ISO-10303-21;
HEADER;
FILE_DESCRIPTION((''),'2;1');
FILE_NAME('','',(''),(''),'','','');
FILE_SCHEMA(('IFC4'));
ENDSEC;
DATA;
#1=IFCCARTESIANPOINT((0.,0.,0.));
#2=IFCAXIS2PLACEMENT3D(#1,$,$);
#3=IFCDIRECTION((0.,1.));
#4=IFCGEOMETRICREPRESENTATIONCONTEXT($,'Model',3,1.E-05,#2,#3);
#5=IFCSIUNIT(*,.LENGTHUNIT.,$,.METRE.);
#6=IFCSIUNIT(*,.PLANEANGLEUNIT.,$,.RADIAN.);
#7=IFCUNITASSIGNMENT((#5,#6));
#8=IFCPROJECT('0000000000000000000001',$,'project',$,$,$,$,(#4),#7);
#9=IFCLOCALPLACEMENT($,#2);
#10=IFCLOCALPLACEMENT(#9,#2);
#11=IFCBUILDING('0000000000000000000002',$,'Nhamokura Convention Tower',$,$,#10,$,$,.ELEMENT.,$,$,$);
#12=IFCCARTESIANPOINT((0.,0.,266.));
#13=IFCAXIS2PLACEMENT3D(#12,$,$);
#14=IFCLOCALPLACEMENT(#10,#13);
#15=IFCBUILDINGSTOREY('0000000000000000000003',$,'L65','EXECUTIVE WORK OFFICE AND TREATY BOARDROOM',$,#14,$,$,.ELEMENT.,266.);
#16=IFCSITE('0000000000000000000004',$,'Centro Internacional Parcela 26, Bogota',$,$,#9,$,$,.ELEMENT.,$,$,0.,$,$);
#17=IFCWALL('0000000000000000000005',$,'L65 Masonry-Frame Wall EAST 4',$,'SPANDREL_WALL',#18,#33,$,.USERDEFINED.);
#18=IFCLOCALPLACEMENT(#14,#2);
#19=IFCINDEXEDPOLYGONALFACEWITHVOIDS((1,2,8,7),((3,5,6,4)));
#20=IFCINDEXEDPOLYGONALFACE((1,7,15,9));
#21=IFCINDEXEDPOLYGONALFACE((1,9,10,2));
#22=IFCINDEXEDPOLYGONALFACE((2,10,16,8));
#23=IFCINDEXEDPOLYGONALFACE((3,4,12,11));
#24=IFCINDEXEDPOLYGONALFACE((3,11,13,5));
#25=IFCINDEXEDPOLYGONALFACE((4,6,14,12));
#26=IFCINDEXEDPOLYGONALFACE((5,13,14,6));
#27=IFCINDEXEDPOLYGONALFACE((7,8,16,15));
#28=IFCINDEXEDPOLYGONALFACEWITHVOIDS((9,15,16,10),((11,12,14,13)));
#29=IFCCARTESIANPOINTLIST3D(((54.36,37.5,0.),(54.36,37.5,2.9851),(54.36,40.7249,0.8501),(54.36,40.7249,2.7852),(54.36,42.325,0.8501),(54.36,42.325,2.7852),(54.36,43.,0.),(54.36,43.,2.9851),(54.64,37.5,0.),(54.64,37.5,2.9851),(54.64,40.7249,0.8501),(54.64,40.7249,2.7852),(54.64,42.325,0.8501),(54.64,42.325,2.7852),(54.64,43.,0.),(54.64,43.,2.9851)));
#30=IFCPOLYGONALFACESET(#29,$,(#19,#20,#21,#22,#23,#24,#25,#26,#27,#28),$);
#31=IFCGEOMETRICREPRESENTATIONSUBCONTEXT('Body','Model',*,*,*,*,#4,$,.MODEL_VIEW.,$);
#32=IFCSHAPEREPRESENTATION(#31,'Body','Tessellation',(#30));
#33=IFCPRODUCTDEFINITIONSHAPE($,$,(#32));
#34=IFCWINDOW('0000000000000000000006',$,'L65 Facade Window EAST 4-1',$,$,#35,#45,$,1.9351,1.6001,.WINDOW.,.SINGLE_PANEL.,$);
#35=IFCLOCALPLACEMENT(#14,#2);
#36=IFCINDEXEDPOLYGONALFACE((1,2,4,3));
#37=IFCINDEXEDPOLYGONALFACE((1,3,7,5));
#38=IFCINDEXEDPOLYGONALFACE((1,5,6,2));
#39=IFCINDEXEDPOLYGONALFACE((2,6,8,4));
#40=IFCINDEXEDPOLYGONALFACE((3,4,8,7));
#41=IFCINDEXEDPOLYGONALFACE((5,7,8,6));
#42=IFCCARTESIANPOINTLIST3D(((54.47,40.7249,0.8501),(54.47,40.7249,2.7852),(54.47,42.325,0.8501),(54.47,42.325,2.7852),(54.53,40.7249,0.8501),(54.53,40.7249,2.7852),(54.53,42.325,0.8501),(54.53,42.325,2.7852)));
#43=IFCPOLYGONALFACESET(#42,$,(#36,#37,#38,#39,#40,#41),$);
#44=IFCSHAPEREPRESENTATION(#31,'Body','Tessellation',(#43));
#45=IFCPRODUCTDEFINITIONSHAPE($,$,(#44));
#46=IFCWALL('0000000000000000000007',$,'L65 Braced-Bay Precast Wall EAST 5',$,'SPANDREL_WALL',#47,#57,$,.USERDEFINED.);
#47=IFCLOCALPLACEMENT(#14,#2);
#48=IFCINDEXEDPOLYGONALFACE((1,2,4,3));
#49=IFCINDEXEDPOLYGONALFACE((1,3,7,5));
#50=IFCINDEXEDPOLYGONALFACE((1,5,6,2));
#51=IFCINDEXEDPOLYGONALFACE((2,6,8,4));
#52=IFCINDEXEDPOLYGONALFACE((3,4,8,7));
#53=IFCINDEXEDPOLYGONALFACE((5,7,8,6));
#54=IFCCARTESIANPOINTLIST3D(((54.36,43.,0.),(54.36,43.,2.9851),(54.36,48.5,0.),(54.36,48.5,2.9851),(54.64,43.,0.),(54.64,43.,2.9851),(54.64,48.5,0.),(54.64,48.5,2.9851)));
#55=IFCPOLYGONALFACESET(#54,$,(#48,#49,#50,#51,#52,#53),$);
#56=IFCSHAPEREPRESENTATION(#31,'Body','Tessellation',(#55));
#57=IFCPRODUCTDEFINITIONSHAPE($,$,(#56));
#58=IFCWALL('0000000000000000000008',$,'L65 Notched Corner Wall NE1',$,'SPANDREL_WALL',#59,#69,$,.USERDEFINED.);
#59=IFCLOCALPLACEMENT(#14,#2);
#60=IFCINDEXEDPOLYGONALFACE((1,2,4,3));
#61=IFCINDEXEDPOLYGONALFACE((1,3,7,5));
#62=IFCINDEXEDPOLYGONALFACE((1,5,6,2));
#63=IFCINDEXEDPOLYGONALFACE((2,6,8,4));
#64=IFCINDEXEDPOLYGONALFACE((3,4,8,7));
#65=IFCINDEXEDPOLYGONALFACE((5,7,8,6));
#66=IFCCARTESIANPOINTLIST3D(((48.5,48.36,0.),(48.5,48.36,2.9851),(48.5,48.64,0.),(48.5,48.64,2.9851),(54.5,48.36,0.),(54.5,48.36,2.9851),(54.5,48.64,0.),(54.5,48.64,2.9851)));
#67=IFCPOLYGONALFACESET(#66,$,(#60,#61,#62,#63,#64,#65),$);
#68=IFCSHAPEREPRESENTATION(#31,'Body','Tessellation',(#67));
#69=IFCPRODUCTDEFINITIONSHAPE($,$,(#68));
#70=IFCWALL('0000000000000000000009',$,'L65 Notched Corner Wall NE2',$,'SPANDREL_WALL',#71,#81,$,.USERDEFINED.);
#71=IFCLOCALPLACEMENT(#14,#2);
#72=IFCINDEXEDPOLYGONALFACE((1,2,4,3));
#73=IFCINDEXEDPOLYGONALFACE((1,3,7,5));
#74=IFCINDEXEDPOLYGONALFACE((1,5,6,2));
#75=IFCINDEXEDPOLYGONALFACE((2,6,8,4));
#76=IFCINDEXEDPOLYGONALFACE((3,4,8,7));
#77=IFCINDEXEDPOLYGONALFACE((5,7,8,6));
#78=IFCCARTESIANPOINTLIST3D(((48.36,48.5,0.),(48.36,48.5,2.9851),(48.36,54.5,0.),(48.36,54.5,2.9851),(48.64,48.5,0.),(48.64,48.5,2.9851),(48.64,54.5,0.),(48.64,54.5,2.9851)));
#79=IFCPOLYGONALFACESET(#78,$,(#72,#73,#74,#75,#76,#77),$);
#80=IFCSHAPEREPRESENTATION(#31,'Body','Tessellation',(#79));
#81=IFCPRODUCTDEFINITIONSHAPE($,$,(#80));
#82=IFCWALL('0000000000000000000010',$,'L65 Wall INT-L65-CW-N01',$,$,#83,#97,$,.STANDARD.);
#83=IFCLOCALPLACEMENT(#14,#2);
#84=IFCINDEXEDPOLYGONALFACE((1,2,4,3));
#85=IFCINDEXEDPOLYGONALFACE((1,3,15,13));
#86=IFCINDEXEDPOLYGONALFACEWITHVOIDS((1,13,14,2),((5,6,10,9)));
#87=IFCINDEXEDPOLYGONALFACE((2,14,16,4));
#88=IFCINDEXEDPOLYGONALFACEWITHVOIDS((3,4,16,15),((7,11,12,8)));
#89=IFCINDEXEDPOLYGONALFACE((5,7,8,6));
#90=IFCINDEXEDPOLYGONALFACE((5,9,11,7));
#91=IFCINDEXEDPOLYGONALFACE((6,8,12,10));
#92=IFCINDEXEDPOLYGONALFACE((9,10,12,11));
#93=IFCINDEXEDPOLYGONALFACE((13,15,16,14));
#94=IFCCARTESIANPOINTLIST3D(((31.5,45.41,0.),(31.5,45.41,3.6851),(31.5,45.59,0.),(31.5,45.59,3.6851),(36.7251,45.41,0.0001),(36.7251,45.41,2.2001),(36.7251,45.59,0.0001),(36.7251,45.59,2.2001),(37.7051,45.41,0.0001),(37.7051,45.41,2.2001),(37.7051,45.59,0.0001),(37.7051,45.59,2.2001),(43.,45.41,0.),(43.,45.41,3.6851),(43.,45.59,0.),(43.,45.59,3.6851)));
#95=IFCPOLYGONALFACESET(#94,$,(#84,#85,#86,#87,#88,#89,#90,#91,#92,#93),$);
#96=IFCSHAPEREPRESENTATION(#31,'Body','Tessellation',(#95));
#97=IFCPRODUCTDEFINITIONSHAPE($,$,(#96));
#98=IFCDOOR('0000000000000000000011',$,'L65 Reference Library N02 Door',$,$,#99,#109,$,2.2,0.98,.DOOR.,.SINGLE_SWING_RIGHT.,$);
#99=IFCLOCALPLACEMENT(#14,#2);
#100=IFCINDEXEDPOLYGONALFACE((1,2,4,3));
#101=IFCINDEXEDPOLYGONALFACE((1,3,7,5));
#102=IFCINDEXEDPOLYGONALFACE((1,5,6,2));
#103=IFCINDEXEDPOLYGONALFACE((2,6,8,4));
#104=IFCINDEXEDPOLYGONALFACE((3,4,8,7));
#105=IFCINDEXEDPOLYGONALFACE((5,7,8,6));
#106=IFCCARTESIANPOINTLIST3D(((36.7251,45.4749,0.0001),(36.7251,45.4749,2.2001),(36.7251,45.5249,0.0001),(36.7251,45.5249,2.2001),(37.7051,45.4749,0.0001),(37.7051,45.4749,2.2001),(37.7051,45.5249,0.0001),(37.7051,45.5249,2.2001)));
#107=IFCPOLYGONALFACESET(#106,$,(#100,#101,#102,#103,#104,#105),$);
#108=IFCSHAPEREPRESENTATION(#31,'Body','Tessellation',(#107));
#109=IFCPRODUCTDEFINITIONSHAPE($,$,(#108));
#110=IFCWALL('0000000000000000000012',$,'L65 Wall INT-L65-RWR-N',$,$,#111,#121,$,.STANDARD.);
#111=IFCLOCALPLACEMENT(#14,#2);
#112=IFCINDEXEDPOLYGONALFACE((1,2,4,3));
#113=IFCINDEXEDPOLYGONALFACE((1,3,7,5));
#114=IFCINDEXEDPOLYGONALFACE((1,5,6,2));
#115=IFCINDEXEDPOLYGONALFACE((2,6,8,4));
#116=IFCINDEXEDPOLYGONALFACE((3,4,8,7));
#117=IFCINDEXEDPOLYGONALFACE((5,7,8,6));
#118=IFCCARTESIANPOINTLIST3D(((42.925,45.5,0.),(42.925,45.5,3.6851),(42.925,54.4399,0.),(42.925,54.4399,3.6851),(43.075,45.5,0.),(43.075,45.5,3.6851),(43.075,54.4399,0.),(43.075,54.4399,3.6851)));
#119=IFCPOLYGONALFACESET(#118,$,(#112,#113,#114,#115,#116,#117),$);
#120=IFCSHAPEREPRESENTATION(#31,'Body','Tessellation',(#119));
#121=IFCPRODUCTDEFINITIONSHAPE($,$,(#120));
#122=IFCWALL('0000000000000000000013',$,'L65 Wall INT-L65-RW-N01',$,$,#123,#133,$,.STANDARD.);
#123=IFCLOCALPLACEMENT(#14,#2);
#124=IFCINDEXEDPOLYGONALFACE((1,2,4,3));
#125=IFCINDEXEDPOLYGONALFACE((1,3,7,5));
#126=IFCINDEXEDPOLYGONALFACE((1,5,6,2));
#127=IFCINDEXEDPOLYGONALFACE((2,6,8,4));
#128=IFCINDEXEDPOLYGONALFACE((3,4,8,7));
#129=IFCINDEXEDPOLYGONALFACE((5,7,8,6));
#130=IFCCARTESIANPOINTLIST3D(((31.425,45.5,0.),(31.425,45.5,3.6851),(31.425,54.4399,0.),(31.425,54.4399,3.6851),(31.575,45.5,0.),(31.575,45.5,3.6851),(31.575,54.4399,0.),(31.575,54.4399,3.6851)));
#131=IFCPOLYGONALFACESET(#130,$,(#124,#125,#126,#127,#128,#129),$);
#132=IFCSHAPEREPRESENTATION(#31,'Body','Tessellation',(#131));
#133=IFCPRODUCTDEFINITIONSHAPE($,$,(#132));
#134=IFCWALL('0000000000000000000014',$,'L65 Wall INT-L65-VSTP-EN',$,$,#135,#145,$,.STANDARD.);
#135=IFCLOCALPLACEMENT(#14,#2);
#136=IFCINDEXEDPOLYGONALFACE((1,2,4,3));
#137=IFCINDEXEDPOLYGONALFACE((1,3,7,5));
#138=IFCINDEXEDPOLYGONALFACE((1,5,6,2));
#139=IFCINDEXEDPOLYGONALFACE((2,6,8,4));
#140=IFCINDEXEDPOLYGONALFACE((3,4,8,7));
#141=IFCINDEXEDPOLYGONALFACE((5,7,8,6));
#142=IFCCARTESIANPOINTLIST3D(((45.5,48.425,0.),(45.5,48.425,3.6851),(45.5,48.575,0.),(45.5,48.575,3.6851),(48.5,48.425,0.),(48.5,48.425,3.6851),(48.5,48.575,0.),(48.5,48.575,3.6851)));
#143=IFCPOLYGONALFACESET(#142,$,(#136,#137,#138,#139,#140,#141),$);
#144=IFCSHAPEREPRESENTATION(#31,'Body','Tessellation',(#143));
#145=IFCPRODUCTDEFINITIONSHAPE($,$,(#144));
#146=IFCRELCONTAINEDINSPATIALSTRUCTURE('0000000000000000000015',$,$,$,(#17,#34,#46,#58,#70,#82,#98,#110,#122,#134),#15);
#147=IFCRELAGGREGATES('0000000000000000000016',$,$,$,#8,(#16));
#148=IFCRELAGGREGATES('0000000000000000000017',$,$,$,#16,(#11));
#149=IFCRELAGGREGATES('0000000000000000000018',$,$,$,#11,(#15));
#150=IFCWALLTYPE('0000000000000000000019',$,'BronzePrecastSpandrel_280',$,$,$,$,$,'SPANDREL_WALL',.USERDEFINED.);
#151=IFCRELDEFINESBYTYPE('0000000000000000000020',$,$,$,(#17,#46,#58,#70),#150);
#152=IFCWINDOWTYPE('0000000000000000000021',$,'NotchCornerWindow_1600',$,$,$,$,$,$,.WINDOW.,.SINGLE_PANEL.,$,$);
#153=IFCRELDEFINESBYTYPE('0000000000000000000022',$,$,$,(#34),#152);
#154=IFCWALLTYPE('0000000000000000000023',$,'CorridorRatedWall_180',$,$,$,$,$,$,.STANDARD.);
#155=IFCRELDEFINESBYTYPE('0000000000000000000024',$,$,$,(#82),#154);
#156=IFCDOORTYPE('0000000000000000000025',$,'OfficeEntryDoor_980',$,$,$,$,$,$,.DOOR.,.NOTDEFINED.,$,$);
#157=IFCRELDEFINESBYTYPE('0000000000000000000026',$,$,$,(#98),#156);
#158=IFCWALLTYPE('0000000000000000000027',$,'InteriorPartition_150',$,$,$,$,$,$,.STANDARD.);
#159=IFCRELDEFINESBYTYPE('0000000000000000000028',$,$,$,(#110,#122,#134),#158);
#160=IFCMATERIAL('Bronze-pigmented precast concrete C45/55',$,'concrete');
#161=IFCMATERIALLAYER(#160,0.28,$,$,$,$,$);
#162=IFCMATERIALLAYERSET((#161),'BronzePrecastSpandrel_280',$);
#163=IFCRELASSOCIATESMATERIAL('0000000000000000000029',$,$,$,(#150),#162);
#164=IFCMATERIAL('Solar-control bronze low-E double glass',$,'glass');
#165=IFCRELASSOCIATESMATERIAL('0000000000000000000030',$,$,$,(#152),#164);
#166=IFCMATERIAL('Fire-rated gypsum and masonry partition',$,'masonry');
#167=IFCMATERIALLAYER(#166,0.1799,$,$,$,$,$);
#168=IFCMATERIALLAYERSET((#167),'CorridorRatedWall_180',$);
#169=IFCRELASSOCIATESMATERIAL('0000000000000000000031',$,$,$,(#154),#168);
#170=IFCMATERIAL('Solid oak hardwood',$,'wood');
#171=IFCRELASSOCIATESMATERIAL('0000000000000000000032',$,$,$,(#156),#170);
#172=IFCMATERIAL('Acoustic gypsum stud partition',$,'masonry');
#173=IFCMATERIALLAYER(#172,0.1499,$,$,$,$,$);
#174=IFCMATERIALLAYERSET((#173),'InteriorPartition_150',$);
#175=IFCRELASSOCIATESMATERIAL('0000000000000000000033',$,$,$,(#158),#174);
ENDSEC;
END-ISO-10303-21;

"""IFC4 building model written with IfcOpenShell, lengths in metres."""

from ifc_helpers import new_model, si_unit, direction, frame, frame_2d, origin, place, context, subcontext, project, spatial, rectangle, extrude, material, layer, layer_set, type_object, element, fill, save


model = new_model("IFC4")

# Units and contexts
model_context = context("Model", 3, precision=1e-05, world=origin(), true_north=direction((0.0, 1.0)))
body_context = subcontext(model_context, "Body", "Model", "MODEL_VIEW")
ifc_project = project(units=[si_unit("LENGTHUNIT", "METRE"), si_unit("PLANEANGLEUNIT", "RADIAN")], contexts=[model_context])

# Site, building, storey
site_placement = place(None, origin())
site = spatial("IfcSite", under=ifc_project, at=site_placement, Name="Centro Internacional Parcela 26, Bogota", CompositionType="ELEMENT", RefElevation=0.0)
building_placement = place(site_placement, origin())
building = spatial("IfcBuilding", under=site, at=building_placement, Name="Nhamokura Convention Tower", CompositionType="ELEMENT")
storey_placement = place(building_placement, frame((0.0, 0.0, 266.0)))
storey = spatial("IfcBuildingStorey", under=building, at=storey_placement, Name="L65", Description="EXECUTIVE WORK OFFICE AND TREATY BOARDROOM", CompositionType="ELEMENT", Elevation=266.0)

# Shared definitions
ifc_material_1 = material(Name="Bronze-pigmented precast concrete C45/55", Category="concrete")
ifc_layer_1 = layer(ifc_material_1, 0.28)
ifc_layer_set_1 = layer_set([ifc_layer_1], Name="BronzePrecastSpandrel_280")
wall_type_1 = type_object("IfcWallType", Name="BronzePrecastSpandrel_280", ElementType="SPANDREL_WALL", PredefinedType="USERDEFINED", material=ifc_layer_set_1)

# Shared definitions
ifc_material_2 = material(Name="Solar-control bronze low-E double glass", Category="glass")
window_type_1 = type_object("IfcWindowType", Name="NotchCornerWindow_1600", PartitioningType="SINGLE_PANEL", PredefinedType="WINDOW", material=ifc_material_2)

# Wall, opening, window
wall_1_placement = place(storey_placement, frame((54.5, 43.0, 0.0), z_axis=(0.0, 0.0, 1.0), x_axis=(0.0, -1.0, 0.0)))
wall_1 = element("IfcWall", 1, at=wall_1_placement, inside=storey, type_object=wall_type_1, Name="L65 Masonry-Frame Wall EAST 4", ObjectType="SPANDREL_WALL", PredefinedType="USERDEFINED", context=body_context, shape_type="SweptSolid", body=[
    extrude(rectangle(XDim=5.5, YDim=0.28, at=frame_2d((2.75, 0.0))), origin(), (0.0, 0.0, 1.0), 2.9851),
])
opening_1_placement = place(wall_1_placement, frame((0.675, 0.0, 0.8501)))
opening_1 = element("IfcOpeningElement", 2, at=opening_1_placement, cuts=wall_1, PredefinedType="OPENING", context=body_context, shape_type="SweptSolid", body=[
    extrude(rectangle(XDim=1.6001, YDim=1.9351, at=frame_2d((0.8, 0.9675))), frame((0.0, 0.1499, 0.0), z_axis=(0.0, -1.0, 0.0), x_axis=(1.0, 0.0, 0.0)), (0.0, 0.0, 1.0), 0.3),
])
window_1_placement = place(opening_1_placement, origin())
window_1 = element("IfcWindow", 3, at=window_1_placement, inside=storey, type_object=window_type_1, Name="L65 Facade Window EAST 4-1", OverallHeight=1.9351, OverallWidth=1.6001, PartitioningType="SINGLE_PANEL", PredefinedType="WINDOW", context=body_context, shape_type="SweptSolid", body=[
    extrude(rectangle(XDim=1.6001, YDim=1.9351, at=frame_2d((0.8, 0.9675))), frame((0.0, 0.03, 0.0), z_axis=(0.0, -1.0, 0.0), x_axis=(1.0, 0.0, 0.0)), (0.0, 0.0, 1.0), 0.0601),
])
fill(opening_1, window_1)

# Walls
wall_2_placement = place(storey_placement, frame((54.5, 48.5, 0.0), z_axis=(0.0, 0.0, 1.0), x_axis=(0.0, -1.0, 0.0)))
element("IfcWall", 4, at=wall_2_placement, inside=storey, type_object=wall_type_1, Name="L65 Braced-Bay Precast Wall EAST 5", ObjectType="SPANDREL_WALL", PredefinedType="USERDEFINED", context=body_context, shape_type="SweptSolid", body=[
    extrude(rectangle(XDim=5.5, YDim=0.28, at=frame_2d((2.75, 0.0))), origin(), (0.0, 0.0, 1.0), 2.9851),
])
for number, where, z_axis, x_axis, name in (
    (5, (48.5, 48.5, 0.0), (0.0, 0.0, 1.0), (1.0, 0.0, 0.0), "L65 Notched Corner Wall NE1"),
    (6, (48.5, 54.5, 0.0), (0.0, 0.0, 1.0), (0.0, -1.0, 0.0), "L65 Notched Corner Wall NE2"),
):
    element("IfcWall", number, at=place(storey_placement, frame(where, z_axis=z_axis, x_axis=x_axis)), inside=storey, type_object=wall_type_1, Name=name, ObjectType="SPANDREL_WALL", PredefinedType="USERDEFINED", context=body_context, shape_type="SweptSolid", body=[
        extrude(rectangle(XDim=6.0, YDim=0.28, at=frame_2d((3.0, 0.0))), origin(), (0.0, 0.0, 1.0), 2.9851),
    ])

# Wall, opening, door
ifc_material_3 = material(Name="Fire-rated gypsum and masonry partition", Category="masonry")
ifc_layer_2 = layer(ifc_material_3, 0.1799)
ifc_layer_set_2 = layer_set([ifc_layer_2], Name="CorridorRatedWall_180")
wall_type_2 = type_object("IfcWallType", Name="CorridorRatedWall_180", PredefinedType="STANDARD", material=ifc_layer_set_2)
wall_3_placement = place(storey_placement, frame((31.5, 45.5, 0.0), z_axis=(0.0, 0.0, 1.0), x_axis=(1.0, 0.0, 0.0)))
wall_3 = element("IfcWall", 7, at=wall_3_placement, inside=storey, type_object=wall_type_2, Name="L65 Wall INT-L65-CW-N01", PredefinedType="STANDARD", context=body_context, shape_type="SweptSolid", body=[
    extrude(rectangle(XDim=11.5, YDim=0.1799, at=frame_2d((5.75, 0.0))), origin(), (0.0, 0.0, 1.0), 3.6851),
])
opening_2_placement = place(wall_3_placement, frame((5.2251, 0.0, 0.0)))
opening_2 = element("IfcOpeningElement", 8, at=opening_2_placement, cuts=wall_3, PredefinedType="OPENING", context=body_context, shape_type="SweptSolid", body=[
    extrude(rectangle(XDim=0.98, YDim=2.2, at=frame_2d((0.49, 1.1001))), frame((0.0, 0.0999, 0.0), z_axis=(0.0, -1.0, 0.0), x_axis=(1.0, 0.0, 0.0)), (0.0, 0.0, 1.0), 0.2),
])
ifc_material_4 = material(Name="Solid oak hardwood", Category="wood")
door_type = type_object("IfcDoorType", Name="OfficeEntryDoor_980", OperationType="NOTDEFINED", PredefinedType="DOOR", material=ifc_material_4)
door_placement = place(opening_2_placement, origin())
door = element("IfcDoor", 9, at=door_placement, inside=storey, type_object=door_type, Name="L65 Reference Library N02 Door", OperationType="SINGLE_SWING_RIGHT", OverallHeight=2.2, OverallWidth=0.98, PredefinedType="DOOR", context=body_context, shape_type="SweptSolid", body=[
    extrude(rectangle(XDim=0.98, YDim=2.2, at=frame_2d((0.49, 1.1001))), frame((0.0, 0.0249, 0.0), z_axis=(0.0, -1.0, 0.0), x_axis=(1.0, 0.0, 0.0)), (0.0, 0.0, 1.0), 0.05),
])
fill(opening_2, door)

# Walls
ifc_material_5 = material(Name="Acoustic gypsum stud partition", Category="masonry")
ifc_layer_3 = layer(ifc_material_5, 0.1499)
ifc_layer_set_3 = layer_set([ifc_layer_3], Name="InteriorPartition_150")
wall_type_3 = type_object("IfcWallType", Name="InteriorPartition_150", PredefinedType="STANDARD", material=ifc_layer_set_3)
for number, where, z_axis, x_axis, name in (
    (10, (43.0, 45.5, 0.0), (0.0, 0.0, 1.0), (0.0, 1.0, 0.0), "L65 Wall INT-L65-RWR-N"),
    (11, (31.5, 45.5, 0.0), (0.0, 0.0, 1.0), (0.0, 1.0, 0.0), "L65 Wall INT-L65-RW-N01"),
):
    element("IfcWall", number, at=place(storey_placement, frame(where, z_axis=z_axis, x_axis=x_axis)), inside=storey, type_object=wall_type_3, Name=name, PredefinedType="STANDARD", context=body_context, shape_type="SweptSolid", body=[
        extrude(rectangle(XDim=8.9399, YDim=0.1499, at=frame_2d((4.47, 0.0))), origin(), (0.0, 0.0, 1.0), 3.6851),
    ])
wall_4_placement = place(storey_placement, frame((45.5, 48.5, 0.0), z_axis=(0.0, 0.0, 1.0), x_axis=(1.0, 0.0, 0.0)))
element("IfcWall", 12, at=wall_4_placement, inside=storey, type_object=wall_type_3, Name="L65 Wall INT-L65-VSTP-EN", PredefinedType="STANDARD", context=body_context, shape_type="SweptSolid", body=[
    extrude(rectangle(XDim=3.0, YDim=0.1499, at=frame_2d((1.5, 0.0))), origin(), (0.0, 0.0, 1.0), 3.6851),
])

save(model, "model.ifc")
